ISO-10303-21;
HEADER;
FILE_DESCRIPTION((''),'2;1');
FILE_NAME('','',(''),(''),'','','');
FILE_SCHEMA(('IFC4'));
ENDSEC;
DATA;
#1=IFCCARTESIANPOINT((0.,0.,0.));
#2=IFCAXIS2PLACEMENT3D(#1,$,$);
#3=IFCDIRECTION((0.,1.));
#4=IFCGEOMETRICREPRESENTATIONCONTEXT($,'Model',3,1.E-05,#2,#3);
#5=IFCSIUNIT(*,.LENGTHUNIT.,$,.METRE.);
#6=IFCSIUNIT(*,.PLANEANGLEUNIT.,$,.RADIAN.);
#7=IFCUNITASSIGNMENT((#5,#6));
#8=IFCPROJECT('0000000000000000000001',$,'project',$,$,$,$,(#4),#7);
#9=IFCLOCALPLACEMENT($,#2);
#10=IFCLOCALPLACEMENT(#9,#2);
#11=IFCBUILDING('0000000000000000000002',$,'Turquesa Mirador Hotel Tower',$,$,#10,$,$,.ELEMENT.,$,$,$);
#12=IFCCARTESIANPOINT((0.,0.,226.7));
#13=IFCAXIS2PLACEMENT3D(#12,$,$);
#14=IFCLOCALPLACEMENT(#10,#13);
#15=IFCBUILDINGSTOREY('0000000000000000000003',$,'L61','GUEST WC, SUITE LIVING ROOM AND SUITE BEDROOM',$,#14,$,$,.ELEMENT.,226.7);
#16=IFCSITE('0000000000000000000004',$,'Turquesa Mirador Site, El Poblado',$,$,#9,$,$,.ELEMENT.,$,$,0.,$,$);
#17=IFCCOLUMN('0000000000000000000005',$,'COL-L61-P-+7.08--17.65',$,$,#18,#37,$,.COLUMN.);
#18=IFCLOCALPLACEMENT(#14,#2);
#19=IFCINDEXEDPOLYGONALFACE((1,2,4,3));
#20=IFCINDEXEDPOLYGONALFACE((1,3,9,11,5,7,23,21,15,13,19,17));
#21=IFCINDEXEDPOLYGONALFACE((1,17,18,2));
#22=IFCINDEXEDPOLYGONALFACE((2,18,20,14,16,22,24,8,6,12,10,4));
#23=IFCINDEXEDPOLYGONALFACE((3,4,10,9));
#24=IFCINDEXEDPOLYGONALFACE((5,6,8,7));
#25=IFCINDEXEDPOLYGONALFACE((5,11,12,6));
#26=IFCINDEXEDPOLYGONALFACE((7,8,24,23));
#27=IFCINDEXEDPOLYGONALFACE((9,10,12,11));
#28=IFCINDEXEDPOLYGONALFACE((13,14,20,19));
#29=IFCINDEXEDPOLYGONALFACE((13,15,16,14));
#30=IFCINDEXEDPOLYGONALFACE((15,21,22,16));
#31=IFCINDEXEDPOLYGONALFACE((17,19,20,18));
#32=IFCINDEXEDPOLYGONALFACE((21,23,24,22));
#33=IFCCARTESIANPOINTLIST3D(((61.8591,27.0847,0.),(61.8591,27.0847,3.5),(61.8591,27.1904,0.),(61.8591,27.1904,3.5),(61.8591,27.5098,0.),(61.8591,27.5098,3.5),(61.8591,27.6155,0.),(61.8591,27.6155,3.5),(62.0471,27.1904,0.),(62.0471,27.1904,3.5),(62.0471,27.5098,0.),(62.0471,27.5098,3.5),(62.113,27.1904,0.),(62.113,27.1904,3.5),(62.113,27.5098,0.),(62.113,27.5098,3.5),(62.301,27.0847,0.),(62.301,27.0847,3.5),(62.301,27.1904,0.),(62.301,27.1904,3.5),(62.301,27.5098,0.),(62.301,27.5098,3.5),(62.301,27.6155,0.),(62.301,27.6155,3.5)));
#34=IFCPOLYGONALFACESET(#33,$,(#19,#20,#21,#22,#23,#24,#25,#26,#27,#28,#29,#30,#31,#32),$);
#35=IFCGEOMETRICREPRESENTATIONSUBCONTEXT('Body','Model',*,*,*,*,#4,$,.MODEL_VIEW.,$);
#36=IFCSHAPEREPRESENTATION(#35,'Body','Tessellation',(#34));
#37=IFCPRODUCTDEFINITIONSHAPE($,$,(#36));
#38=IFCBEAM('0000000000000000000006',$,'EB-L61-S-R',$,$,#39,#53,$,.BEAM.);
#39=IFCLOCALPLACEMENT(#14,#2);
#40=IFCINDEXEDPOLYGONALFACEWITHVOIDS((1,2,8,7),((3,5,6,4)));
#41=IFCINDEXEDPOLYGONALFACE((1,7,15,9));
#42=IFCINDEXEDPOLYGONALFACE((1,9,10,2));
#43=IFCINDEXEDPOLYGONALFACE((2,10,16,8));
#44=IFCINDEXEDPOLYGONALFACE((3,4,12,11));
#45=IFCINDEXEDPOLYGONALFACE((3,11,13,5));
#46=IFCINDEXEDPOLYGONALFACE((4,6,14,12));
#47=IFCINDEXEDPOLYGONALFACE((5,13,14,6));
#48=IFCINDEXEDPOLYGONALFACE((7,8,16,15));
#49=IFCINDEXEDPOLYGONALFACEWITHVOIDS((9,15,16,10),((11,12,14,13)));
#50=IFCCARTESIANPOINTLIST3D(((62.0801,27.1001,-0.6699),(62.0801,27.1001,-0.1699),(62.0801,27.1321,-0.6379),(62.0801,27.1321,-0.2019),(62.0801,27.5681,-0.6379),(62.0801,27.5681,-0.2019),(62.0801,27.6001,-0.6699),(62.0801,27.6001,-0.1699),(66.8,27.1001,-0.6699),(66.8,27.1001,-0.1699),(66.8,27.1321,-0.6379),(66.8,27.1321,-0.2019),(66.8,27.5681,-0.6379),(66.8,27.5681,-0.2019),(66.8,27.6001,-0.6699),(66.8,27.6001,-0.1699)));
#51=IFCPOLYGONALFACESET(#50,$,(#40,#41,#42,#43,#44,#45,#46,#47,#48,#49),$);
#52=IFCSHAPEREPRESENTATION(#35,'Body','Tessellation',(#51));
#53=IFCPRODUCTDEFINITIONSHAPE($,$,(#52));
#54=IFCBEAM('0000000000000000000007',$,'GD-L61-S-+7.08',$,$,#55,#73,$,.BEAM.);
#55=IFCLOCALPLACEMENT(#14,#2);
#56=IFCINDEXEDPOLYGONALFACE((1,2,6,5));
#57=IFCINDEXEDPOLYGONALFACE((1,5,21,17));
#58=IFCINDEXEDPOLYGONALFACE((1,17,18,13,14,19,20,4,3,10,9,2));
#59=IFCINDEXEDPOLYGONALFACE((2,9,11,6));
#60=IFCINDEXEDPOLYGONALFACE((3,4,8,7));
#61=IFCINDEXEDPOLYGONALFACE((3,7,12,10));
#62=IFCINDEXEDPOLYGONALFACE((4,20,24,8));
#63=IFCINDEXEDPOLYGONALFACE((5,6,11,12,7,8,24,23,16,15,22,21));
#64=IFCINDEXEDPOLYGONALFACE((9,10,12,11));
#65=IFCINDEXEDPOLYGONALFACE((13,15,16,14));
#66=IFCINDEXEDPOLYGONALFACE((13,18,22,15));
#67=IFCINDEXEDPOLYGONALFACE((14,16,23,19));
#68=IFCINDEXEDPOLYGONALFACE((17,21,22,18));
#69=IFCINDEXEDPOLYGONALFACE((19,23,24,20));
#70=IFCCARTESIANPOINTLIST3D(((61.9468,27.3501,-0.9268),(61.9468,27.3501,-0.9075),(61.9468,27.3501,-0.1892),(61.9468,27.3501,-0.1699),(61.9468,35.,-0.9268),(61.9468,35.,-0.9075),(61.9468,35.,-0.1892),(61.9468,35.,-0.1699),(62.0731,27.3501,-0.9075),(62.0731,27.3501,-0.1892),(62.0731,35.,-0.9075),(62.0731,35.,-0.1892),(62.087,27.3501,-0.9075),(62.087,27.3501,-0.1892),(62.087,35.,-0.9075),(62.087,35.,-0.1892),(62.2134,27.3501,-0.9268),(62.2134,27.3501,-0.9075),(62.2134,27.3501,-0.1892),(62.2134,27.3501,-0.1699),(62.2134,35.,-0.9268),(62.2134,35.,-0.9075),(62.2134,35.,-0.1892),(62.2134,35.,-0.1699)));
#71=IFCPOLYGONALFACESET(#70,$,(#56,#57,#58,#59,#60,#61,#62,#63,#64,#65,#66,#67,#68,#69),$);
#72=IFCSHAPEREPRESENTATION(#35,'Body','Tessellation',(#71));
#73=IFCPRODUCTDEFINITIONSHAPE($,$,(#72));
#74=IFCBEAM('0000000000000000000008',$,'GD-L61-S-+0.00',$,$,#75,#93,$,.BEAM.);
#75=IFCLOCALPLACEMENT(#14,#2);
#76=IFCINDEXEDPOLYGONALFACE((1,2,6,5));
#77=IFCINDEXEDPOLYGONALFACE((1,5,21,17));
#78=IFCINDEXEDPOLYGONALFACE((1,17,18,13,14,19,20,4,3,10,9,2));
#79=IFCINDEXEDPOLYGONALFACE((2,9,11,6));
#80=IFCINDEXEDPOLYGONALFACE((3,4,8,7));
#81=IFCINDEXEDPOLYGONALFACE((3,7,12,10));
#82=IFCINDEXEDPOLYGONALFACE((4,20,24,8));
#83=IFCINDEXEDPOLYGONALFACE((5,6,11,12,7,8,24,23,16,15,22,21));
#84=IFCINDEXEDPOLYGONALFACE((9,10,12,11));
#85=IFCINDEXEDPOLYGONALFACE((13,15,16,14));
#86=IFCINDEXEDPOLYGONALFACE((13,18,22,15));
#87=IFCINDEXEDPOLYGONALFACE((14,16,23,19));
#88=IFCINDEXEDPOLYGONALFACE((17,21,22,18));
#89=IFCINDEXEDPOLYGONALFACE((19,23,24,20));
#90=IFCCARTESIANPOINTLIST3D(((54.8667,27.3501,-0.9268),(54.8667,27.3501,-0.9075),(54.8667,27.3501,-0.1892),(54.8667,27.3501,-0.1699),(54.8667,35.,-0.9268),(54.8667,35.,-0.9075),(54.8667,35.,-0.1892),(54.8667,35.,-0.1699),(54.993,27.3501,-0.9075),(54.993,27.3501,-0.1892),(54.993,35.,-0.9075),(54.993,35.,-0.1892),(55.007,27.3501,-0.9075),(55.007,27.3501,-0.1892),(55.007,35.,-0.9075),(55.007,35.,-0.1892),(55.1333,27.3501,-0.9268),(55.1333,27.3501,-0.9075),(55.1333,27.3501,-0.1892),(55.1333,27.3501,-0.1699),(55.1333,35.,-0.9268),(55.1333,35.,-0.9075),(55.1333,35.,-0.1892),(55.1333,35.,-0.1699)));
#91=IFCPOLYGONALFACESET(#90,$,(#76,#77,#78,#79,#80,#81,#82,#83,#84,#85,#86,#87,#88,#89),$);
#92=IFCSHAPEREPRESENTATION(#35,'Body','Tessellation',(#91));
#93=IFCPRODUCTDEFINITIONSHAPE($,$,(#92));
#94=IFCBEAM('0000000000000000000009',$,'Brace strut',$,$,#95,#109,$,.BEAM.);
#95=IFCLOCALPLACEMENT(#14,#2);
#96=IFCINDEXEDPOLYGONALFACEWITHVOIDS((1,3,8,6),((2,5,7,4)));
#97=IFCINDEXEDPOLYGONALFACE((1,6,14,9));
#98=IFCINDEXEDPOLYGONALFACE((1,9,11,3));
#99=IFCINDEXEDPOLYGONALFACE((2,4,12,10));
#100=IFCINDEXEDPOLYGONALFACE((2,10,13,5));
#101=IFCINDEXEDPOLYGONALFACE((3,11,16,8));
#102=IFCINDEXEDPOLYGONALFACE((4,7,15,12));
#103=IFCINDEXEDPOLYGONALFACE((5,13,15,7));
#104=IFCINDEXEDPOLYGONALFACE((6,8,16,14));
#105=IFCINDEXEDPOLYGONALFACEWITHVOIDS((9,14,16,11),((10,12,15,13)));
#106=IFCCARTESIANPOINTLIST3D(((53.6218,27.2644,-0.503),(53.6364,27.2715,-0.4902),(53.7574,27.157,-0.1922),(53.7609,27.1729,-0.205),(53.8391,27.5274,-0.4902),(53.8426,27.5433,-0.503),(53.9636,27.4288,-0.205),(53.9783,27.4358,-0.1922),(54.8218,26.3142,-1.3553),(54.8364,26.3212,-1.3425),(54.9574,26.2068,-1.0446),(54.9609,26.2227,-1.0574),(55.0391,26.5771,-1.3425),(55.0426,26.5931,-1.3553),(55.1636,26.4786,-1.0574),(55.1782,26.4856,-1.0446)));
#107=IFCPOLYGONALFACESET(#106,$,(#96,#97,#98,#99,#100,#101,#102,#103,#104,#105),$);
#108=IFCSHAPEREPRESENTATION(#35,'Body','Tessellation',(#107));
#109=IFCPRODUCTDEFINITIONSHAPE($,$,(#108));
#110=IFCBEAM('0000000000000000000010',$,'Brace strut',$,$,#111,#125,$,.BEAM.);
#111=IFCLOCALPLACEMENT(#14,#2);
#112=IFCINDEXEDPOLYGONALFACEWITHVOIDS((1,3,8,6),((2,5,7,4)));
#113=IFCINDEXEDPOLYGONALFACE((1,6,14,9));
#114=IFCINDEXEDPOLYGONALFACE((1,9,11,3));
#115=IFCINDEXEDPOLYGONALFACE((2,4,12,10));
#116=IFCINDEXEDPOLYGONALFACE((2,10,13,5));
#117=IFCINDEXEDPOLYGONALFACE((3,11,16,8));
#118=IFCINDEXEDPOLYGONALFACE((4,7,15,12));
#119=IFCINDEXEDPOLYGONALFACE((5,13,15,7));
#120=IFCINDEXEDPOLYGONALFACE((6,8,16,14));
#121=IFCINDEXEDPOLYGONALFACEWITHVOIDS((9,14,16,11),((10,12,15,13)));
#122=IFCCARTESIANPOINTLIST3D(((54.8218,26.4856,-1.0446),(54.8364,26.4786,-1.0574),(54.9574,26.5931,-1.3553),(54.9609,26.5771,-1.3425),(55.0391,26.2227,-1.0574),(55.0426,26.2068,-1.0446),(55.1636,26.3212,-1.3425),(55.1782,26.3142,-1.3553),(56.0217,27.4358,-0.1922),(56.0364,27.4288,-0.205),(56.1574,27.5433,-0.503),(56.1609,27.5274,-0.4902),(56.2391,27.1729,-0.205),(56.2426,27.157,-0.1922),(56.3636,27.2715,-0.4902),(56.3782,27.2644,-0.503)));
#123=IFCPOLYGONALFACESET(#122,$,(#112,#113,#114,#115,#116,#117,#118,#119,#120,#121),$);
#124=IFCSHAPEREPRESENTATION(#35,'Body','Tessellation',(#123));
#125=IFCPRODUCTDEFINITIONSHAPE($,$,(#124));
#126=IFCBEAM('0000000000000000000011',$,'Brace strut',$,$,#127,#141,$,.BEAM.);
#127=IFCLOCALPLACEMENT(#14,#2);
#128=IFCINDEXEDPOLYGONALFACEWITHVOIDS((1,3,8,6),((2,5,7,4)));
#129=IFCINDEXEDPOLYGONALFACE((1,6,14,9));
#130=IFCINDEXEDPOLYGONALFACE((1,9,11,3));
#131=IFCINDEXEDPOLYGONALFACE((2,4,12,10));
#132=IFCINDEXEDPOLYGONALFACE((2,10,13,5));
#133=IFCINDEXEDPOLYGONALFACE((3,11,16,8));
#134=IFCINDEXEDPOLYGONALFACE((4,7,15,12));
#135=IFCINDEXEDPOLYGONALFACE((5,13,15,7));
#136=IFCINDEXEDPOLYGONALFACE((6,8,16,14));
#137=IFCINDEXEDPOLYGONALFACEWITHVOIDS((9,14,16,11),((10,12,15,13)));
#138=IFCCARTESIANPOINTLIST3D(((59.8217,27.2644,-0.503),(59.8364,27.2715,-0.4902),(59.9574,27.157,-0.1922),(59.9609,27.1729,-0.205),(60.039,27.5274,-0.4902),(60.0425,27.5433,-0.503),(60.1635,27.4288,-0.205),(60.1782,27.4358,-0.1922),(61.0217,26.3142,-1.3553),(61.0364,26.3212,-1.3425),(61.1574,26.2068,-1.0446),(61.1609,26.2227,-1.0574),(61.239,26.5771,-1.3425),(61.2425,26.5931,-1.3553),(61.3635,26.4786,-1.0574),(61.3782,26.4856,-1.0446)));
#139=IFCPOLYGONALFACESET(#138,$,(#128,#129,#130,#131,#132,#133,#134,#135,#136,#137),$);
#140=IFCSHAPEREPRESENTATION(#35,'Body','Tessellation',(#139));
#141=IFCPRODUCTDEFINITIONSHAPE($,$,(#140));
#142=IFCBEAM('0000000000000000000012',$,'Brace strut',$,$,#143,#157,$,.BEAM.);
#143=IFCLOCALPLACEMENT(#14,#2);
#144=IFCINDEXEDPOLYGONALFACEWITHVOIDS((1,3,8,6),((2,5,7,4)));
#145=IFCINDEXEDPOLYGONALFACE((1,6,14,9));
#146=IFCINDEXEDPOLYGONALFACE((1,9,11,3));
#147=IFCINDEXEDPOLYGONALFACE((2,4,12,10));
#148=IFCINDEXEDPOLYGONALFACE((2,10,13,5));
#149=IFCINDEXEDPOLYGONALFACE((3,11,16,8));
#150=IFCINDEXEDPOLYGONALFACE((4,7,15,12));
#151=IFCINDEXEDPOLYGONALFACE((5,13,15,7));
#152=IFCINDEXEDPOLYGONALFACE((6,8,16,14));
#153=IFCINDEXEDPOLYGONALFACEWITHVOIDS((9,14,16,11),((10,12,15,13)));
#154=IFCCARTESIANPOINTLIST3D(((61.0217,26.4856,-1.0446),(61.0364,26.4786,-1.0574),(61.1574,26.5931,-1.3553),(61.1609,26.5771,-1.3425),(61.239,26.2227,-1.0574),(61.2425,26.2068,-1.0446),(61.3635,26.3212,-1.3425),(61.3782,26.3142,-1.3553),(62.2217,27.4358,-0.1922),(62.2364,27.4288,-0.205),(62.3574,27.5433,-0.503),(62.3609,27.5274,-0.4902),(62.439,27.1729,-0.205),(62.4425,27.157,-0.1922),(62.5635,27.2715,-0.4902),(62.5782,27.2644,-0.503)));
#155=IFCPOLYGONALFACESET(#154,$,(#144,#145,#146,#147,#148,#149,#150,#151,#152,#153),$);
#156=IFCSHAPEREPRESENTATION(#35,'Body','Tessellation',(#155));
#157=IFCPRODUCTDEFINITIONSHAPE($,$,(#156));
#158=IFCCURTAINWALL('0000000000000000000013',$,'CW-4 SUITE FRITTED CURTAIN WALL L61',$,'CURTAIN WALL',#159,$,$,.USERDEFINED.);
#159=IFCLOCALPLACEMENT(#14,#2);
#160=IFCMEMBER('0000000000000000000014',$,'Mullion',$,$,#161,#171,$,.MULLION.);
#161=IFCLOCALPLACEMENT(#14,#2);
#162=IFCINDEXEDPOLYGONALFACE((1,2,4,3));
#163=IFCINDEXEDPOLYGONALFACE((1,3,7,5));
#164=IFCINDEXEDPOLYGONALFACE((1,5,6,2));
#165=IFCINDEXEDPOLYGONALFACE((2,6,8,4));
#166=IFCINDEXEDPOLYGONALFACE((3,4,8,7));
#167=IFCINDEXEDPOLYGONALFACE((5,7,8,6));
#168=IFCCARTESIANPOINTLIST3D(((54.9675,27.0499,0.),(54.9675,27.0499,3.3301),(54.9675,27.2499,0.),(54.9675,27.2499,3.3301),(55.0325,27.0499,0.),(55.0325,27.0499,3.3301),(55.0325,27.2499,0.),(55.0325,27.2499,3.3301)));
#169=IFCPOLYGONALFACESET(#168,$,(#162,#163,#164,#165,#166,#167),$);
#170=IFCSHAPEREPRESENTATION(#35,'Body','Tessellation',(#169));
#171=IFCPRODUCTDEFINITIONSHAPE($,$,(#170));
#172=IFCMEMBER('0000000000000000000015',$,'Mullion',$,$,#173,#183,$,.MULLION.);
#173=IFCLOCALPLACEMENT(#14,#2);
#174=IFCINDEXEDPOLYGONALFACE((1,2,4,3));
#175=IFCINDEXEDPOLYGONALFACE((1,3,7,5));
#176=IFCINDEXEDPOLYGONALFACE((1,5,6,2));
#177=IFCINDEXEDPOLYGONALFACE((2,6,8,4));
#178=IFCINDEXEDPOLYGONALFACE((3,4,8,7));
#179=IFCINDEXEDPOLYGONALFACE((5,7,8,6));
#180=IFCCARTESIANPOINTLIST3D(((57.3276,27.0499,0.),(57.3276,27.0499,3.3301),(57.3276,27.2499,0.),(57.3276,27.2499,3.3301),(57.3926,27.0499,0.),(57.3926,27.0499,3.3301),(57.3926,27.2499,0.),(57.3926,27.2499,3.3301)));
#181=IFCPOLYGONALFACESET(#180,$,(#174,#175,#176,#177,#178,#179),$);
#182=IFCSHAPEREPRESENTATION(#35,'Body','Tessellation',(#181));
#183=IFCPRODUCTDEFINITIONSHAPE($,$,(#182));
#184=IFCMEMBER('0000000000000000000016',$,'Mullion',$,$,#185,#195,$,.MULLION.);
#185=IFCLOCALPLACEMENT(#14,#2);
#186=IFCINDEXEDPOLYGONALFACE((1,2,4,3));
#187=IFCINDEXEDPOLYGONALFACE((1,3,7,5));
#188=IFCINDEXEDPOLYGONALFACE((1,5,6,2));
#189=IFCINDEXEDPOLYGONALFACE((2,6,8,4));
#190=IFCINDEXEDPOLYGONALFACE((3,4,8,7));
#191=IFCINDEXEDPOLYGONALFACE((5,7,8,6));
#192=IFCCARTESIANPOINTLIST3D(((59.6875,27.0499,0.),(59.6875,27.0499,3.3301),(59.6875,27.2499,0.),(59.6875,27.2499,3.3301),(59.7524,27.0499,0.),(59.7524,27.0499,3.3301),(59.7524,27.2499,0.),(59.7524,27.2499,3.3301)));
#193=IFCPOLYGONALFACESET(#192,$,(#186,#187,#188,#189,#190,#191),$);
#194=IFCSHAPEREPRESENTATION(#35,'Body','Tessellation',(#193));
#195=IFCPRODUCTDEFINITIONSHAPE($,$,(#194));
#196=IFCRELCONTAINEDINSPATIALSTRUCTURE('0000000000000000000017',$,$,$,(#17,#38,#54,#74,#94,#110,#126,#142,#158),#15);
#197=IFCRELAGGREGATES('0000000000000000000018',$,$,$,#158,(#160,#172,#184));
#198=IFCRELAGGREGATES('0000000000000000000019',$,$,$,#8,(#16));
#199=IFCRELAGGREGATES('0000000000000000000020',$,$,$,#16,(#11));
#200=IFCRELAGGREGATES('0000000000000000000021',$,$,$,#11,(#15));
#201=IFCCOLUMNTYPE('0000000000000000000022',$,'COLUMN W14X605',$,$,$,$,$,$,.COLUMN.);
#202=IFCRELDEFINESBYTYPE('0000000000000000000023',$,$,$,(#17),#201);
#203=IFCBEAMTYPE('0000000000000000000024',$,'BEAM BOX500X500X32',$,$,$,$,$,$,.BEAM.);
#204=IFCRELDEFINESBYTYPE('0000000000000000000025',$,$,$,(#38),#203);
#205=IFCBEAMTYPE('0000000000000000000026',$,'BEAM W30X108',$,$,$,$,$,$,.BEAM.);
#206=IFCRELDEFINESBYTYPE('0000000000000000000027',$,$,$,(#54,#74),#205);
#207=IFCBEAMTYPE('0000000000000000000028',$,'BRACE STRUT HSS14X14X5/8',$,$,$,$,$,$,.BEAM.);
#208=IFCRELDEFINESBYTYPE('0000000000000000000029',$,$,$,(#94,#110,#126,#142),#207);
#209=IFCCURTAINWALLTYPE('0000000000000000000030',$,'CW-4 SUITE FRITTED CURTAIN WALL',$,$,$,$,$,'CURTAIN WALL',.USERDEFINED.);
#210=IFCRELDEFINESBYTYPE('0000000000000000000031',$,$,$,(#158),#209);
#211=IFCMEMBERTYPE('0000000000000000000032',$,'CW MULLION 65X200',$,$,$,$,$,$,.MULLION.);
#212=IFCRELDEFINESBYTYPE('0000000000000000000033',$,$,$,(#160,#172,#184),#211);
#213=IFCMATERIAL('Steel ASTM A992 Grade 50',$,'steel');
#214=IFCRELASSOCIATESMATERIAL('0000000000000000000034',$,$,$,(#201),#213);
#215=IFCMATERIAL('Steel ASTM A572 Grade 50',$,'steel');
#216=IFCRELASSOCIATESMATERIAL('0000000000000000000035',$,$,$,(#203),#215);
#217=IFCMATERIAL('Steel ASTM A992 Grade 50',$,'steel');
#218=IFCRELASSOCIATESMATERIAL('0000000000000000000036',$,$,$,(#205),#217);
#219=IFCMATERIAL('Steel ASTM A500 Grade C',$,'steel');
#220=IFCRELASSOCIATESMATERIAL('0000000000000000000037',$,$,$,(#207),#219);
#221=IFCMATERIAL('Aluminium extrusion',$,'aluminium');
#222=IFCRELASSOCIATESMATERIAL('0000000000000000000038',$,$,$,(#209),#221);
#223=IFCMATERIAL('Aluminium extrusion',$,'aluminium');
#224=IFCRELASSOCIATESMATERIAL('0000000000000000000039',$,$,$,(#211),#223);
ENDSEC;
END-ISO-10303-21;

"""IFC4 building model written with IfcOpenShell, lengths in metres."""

from ifc_helpers import new_model, si_unit, direction, frame, origin, origin_2d, place, context, subcontext, project, spatial, rectangle, hollow_rectangle, i_section, extrude, material, material_profile, profile_set, type_object, element, aggregate, save


model = new_model("IFC4")

# Units and contexts
model_context = context("Model", 3, precision=1e-05, world=origin(), true_north=direction((0.0, 1.0)))
body_context = subcontext(model_context, "Body", "Model", "MODEL_VIEW")
ifc_project = project(units=[si_unit("LENGTHUNIT", "METRE"), si_unit("PLANEANGLEUNIT", "RADIAN")], contexts=[model_context])

# Site, building, storey
site_placement = place(None, origin())
site = spatial("IfcSite", under=ifc_project, at=site_placement, Name="Turquesa Mirador Site, El Poblado", CompositionType="ELEMENT", RefElevation=0.0)
building_placement = place(site_placement, origin())
building = spatial("IfcBuilding", under=site, at=building_placement, Name="Turquesa Mirador Hotel Tower", CompositionType="ELEMENT")
storey_placement = place(building_placement, frame((0.0, 0.0, 226.7)))
storey = spatial("IfcBuildingStorey", under=building, at=storey_placement, Name="L61", Description="GUEST WC, SUITE LIVING ROOM AND SUITE BEDROOM", CompositionType="ELEMENT", Elevation=226.7)

# Column
ifc_material_1 = material(Name="Steel ASTM A992 Grade 50", Category="steel")
ifc_material_profile_1 = material_profile(ifc_material_1, i_section(OverallWidth=0.4419, OverallDepth=0.5308, WebThickness=0.0659, FlangeThickness=0.1057, at=origin_2d()), Name="W14X605")
ifc_profile_set_1 = profile_set([ifc_material_profile_1], Name="Steel ASTM A992 Grade 50")
column_type = type_object("IfcColumnType", Name="COLUMN W14X605", PredefinedType="COLUMN", material=ifc_profile_set_1)
column_placement = place(storey_placement, frame((62.0801, 27.3501, 0.0), z_axis=(0.0, 0.0, 1.0), x_axis=(1.0, 0.0, 0.0)))
element("IfcColumn", 1, at=column_placement, inside=storey, type_object=column_type, Name="COL-L61-P-+7.08--17.65", PredefinedType="COLUMN", context=body_context, shape_type="SweptSolid", body=[
    extrude(i_section(OverallWidth=0.4419, OverallDepth=0.5308, WebThickness=0.0659, FlangeThickness=0.1057, at=origin_2d()), origin(), (0.0, 0.0, 1.0), 3.5),
])

# Beams
ifc_material_2 = material(Name="Steel ASTM A572 Grade 50", Category="steel")
ifc_material_profile_2 = material_profile(ifc_material_2, hollow_rectangle(XDim=0.5, YDim=0.5, WallThickness=0.032, at=origin_2d()), Name="BOX500X500X32")
ifc_profile_set_2 = profile_set([ifc_material_profile_2], Name="Steel ASTM A572 Grade 50")
beam_type_1 = type_object("IfcBeamType", Name="BEAM BOX500X500X32", PredefinedType="BEAM", material=ifc_profile_set_2)
beam_placement = place(storey_placement, frame((62.0801, 27.3501, -0.4199), z_axis=(1.0, 0.0, 0.0), x_axis=(0.0, 1.0, 0.0)))
element("IfcBeam", 2, at=beam_placement, inside=storey, type_object=beam_type_1, Name="EB-L61-S-R", PredefinedType="BEAM", context=body_context, shape_type="SweptSolid", body=[
    extrude(hollow_rectangle(XDim=0.5, YDim=0.5, WallThickness=0.032, at=origin_2d()), origin(), (0.0, 0.0, 1.0), 4.72),
])
ifc_material_3 = material(Name="Steel ASTM A992 Grade 50", Category="steel")
ifc_material_profile_3 = material_profile(ifc_material_3, i_section(OverallWidth=0.2666, OverallDepth=0.7568, WebThickness=0.0139, FlangeThickness=0.0193, at=origin_2d()), Name="W30X108")
ifc_profile_set_3 = profile_set([ifc_material_profile_3], Name="Steel ASTM A992 Grade 50")
beam_type_2 = type_object("IfcBeamType", Name="BEAM W30X108", PredefinedType="BEAM", material=ifc_profile_set_3)
for number, where, z_axis, x_axis, name in (
    (3, (62.0801, 27.3501, -0.5483), (0.0, 1.0, 0.0), (-1.0, 0.0, 0.0), "GD-L61-S-+7.08"),
    (4, (55.0, 27.3501, -0.5483), (0.0, 1.0, 0.0), (-1.0, 0.0, 0.0), "GD-L61-S-+0.00"),
):
    element("IfcBeam", number, at=place(storey_placement, frame(where, z_axis=z_axis, x_axis=x_axis)), inside=storey, type_object=beam_type_2, Name=name, PredefinedType="BEAM", context=body_context, shape_type="SweptSolid", body=[
        extrude(i_section(OverallWidth=0.2666, OverallDepth=0.7568, WebThickness=0.0139, FlangeThickness=0.0193, at=origin_2d()), origin(), (0.0, 0.0, 1.0), 7.6499),
    ])
ifc_material_4 = material(Name="Steel ASTM A500 Grade C", Category="steel")
ifc_material_profile_4 = material_profile(ifc_material_4, hollow_rectangle(XDim=0.3557, YDim=0.3557, WallThickness=0.0146, at=origin_2d()), Name="HSS14X14X5/8")
ifc_profile_set_4 = profile_set([ifc_material_profile_4], Name="Steel ASTM A500 Grade C")
beam_type_3 = type_object("IfcBeamType", Name="BRACE STRUT HSS14X14X5/8", PredefinedType="BEAM", material=ifc_profile_set_4)
for number, where, z_axis, x_axis, name in (
    (5, (55.0, 26.3999, -1.2), (-0.684942, 0.542379, 0.486497), (-0.620797, -0.783971, 0.0), "Brace strut"),
    (6, (55.0, 26.3999, -1.2), (0.684942, 0.542379, 0.486497), (-0.620797, 0.783971, 0.0), "Brace strut"),
    (7, (61.2, 26.3999, -1.2), (-0.684942, 0.542379, 0.486497), (-0.620797, -0.783971, 0.0), "Brace strut"),
    (8, (61.2, 26.3999, -1.2), (0.684942, 0.542379, 0.486497), (-0.620797, 0.783971, 0.0), "Brace strut"),
):
    element("IfcBeam", number, at=place(storey_placement, frame(where, z_axis=z_axis, x_axis=x_axis)), inside=storey, type_object=beam_type_3, Name=name, PredefinedType="BEAM", context=body_context, shape_type="SweptSolid", body=[
        extrude(hollow_rectangle(XDim=0.3557, YDim=0.3557, WallThickness=0.0146, at=origin_2d()), origin(), (0.0, 0.0, 1.0), 1.752),
    ])

# Curtain wall, members
ifc_material_5 = material(Name="Aluminium extrusion", Category="aluminium")
curtain_wall_type = type_object("IfcCurtainWallType", Name="CW-4 SUITE FRITTED CURTAIN WALL", ElementType="CURTAIN WALL", PredefinedType="USERDEFINED", material=ifc_material_5)
curtain_wall_1_placement = place(storey_placement, origin())
curtain_wall_1 = element("IfcCurtainWall", 9, at=curtain_wall_1_placement, inside=storey, type_object=curtain_wall_type, Name="CW-4 SUITE FRITTED CURTAIN WALL L61", ObjectType="CURTAIN WALL", PredefinedType="USERDEFINED")
ifc_material_6 = material(Name="Aluminium extrusion", Category="aluminium")
ifc_material_profile_5 = material_profile(ifc_material_6, rectangle(XDim=0.0649, YDim=0.2, at=origin_2d()), Name="MULLION 65X200")
ifc_profile_set_5 = profile_set([ifc_material_profile_5], Name="Aluminium extrusion")
member_type_1 = type_object("IfcMemberType", Name="CW MULLION 65X200", PredefinedType="MULLION", material=ifc_profile_set_5)
member_1_placement = place(storey_placement, frame((55.0, 27.1499, 0.0), z_axis=(0.0, 0.0, 1.0), x_axis=(1.0, 0.0, 0.0)))
member_1 = element("IfcMember", 10, at=member_1_placement, type_object=member_type_1, Name="Mullion", PredefinedType="MULLION", context=body_context, shape_type="SweptSolid", body=[
    extrude(rectangle(XDim=0.0649, YDim=0.2, at=origin_2d()), origin(), (0.0, 0.0, 1.0), 3.3301),
])
member_2_placement = place(storey_placement, frame((57.3601, 27.1499, 0.0), z_axis=(0.0, 0.0, 1.0), x_axis=(1.0, 0.0, 0.0)))
member_2 = element("IfcMember", 11, at=member_2_placement, type_object=member_type_1, Name="Mullion", PredefinedType="MULLION", context=body_context, shape_type="SweptSolid", body=[
    extrude(rectangle(XDim=0.0649, YDim=0.2, at=origin_2d()), origin(), (0.0, 0.0, 1.0), 3.3301),
])
member_3_placement = place(storey_placement, frame((59.72, 27.1499, 0.0), z_axis=(0.0, 0.0, 1.0), x_axis=(1.0, 0.0, 0.0)))
member_3 = element("IfcMember", 12, at=member_3_placement, type_object=member_type_1, Name="Mullion", PredefinedType="MULLION", context=body_context, shape_type="SweptSolid", body=[
    extrude(rectangle(XDim=0.0649, YDim=0.2, at=origin_2d()), origin(), (0.0, 0.0, 1.0), 3.3301),
])

aggregate(curtain_wall_1, [member_1, member_2, member_3])

save(model, "model.ifc")
